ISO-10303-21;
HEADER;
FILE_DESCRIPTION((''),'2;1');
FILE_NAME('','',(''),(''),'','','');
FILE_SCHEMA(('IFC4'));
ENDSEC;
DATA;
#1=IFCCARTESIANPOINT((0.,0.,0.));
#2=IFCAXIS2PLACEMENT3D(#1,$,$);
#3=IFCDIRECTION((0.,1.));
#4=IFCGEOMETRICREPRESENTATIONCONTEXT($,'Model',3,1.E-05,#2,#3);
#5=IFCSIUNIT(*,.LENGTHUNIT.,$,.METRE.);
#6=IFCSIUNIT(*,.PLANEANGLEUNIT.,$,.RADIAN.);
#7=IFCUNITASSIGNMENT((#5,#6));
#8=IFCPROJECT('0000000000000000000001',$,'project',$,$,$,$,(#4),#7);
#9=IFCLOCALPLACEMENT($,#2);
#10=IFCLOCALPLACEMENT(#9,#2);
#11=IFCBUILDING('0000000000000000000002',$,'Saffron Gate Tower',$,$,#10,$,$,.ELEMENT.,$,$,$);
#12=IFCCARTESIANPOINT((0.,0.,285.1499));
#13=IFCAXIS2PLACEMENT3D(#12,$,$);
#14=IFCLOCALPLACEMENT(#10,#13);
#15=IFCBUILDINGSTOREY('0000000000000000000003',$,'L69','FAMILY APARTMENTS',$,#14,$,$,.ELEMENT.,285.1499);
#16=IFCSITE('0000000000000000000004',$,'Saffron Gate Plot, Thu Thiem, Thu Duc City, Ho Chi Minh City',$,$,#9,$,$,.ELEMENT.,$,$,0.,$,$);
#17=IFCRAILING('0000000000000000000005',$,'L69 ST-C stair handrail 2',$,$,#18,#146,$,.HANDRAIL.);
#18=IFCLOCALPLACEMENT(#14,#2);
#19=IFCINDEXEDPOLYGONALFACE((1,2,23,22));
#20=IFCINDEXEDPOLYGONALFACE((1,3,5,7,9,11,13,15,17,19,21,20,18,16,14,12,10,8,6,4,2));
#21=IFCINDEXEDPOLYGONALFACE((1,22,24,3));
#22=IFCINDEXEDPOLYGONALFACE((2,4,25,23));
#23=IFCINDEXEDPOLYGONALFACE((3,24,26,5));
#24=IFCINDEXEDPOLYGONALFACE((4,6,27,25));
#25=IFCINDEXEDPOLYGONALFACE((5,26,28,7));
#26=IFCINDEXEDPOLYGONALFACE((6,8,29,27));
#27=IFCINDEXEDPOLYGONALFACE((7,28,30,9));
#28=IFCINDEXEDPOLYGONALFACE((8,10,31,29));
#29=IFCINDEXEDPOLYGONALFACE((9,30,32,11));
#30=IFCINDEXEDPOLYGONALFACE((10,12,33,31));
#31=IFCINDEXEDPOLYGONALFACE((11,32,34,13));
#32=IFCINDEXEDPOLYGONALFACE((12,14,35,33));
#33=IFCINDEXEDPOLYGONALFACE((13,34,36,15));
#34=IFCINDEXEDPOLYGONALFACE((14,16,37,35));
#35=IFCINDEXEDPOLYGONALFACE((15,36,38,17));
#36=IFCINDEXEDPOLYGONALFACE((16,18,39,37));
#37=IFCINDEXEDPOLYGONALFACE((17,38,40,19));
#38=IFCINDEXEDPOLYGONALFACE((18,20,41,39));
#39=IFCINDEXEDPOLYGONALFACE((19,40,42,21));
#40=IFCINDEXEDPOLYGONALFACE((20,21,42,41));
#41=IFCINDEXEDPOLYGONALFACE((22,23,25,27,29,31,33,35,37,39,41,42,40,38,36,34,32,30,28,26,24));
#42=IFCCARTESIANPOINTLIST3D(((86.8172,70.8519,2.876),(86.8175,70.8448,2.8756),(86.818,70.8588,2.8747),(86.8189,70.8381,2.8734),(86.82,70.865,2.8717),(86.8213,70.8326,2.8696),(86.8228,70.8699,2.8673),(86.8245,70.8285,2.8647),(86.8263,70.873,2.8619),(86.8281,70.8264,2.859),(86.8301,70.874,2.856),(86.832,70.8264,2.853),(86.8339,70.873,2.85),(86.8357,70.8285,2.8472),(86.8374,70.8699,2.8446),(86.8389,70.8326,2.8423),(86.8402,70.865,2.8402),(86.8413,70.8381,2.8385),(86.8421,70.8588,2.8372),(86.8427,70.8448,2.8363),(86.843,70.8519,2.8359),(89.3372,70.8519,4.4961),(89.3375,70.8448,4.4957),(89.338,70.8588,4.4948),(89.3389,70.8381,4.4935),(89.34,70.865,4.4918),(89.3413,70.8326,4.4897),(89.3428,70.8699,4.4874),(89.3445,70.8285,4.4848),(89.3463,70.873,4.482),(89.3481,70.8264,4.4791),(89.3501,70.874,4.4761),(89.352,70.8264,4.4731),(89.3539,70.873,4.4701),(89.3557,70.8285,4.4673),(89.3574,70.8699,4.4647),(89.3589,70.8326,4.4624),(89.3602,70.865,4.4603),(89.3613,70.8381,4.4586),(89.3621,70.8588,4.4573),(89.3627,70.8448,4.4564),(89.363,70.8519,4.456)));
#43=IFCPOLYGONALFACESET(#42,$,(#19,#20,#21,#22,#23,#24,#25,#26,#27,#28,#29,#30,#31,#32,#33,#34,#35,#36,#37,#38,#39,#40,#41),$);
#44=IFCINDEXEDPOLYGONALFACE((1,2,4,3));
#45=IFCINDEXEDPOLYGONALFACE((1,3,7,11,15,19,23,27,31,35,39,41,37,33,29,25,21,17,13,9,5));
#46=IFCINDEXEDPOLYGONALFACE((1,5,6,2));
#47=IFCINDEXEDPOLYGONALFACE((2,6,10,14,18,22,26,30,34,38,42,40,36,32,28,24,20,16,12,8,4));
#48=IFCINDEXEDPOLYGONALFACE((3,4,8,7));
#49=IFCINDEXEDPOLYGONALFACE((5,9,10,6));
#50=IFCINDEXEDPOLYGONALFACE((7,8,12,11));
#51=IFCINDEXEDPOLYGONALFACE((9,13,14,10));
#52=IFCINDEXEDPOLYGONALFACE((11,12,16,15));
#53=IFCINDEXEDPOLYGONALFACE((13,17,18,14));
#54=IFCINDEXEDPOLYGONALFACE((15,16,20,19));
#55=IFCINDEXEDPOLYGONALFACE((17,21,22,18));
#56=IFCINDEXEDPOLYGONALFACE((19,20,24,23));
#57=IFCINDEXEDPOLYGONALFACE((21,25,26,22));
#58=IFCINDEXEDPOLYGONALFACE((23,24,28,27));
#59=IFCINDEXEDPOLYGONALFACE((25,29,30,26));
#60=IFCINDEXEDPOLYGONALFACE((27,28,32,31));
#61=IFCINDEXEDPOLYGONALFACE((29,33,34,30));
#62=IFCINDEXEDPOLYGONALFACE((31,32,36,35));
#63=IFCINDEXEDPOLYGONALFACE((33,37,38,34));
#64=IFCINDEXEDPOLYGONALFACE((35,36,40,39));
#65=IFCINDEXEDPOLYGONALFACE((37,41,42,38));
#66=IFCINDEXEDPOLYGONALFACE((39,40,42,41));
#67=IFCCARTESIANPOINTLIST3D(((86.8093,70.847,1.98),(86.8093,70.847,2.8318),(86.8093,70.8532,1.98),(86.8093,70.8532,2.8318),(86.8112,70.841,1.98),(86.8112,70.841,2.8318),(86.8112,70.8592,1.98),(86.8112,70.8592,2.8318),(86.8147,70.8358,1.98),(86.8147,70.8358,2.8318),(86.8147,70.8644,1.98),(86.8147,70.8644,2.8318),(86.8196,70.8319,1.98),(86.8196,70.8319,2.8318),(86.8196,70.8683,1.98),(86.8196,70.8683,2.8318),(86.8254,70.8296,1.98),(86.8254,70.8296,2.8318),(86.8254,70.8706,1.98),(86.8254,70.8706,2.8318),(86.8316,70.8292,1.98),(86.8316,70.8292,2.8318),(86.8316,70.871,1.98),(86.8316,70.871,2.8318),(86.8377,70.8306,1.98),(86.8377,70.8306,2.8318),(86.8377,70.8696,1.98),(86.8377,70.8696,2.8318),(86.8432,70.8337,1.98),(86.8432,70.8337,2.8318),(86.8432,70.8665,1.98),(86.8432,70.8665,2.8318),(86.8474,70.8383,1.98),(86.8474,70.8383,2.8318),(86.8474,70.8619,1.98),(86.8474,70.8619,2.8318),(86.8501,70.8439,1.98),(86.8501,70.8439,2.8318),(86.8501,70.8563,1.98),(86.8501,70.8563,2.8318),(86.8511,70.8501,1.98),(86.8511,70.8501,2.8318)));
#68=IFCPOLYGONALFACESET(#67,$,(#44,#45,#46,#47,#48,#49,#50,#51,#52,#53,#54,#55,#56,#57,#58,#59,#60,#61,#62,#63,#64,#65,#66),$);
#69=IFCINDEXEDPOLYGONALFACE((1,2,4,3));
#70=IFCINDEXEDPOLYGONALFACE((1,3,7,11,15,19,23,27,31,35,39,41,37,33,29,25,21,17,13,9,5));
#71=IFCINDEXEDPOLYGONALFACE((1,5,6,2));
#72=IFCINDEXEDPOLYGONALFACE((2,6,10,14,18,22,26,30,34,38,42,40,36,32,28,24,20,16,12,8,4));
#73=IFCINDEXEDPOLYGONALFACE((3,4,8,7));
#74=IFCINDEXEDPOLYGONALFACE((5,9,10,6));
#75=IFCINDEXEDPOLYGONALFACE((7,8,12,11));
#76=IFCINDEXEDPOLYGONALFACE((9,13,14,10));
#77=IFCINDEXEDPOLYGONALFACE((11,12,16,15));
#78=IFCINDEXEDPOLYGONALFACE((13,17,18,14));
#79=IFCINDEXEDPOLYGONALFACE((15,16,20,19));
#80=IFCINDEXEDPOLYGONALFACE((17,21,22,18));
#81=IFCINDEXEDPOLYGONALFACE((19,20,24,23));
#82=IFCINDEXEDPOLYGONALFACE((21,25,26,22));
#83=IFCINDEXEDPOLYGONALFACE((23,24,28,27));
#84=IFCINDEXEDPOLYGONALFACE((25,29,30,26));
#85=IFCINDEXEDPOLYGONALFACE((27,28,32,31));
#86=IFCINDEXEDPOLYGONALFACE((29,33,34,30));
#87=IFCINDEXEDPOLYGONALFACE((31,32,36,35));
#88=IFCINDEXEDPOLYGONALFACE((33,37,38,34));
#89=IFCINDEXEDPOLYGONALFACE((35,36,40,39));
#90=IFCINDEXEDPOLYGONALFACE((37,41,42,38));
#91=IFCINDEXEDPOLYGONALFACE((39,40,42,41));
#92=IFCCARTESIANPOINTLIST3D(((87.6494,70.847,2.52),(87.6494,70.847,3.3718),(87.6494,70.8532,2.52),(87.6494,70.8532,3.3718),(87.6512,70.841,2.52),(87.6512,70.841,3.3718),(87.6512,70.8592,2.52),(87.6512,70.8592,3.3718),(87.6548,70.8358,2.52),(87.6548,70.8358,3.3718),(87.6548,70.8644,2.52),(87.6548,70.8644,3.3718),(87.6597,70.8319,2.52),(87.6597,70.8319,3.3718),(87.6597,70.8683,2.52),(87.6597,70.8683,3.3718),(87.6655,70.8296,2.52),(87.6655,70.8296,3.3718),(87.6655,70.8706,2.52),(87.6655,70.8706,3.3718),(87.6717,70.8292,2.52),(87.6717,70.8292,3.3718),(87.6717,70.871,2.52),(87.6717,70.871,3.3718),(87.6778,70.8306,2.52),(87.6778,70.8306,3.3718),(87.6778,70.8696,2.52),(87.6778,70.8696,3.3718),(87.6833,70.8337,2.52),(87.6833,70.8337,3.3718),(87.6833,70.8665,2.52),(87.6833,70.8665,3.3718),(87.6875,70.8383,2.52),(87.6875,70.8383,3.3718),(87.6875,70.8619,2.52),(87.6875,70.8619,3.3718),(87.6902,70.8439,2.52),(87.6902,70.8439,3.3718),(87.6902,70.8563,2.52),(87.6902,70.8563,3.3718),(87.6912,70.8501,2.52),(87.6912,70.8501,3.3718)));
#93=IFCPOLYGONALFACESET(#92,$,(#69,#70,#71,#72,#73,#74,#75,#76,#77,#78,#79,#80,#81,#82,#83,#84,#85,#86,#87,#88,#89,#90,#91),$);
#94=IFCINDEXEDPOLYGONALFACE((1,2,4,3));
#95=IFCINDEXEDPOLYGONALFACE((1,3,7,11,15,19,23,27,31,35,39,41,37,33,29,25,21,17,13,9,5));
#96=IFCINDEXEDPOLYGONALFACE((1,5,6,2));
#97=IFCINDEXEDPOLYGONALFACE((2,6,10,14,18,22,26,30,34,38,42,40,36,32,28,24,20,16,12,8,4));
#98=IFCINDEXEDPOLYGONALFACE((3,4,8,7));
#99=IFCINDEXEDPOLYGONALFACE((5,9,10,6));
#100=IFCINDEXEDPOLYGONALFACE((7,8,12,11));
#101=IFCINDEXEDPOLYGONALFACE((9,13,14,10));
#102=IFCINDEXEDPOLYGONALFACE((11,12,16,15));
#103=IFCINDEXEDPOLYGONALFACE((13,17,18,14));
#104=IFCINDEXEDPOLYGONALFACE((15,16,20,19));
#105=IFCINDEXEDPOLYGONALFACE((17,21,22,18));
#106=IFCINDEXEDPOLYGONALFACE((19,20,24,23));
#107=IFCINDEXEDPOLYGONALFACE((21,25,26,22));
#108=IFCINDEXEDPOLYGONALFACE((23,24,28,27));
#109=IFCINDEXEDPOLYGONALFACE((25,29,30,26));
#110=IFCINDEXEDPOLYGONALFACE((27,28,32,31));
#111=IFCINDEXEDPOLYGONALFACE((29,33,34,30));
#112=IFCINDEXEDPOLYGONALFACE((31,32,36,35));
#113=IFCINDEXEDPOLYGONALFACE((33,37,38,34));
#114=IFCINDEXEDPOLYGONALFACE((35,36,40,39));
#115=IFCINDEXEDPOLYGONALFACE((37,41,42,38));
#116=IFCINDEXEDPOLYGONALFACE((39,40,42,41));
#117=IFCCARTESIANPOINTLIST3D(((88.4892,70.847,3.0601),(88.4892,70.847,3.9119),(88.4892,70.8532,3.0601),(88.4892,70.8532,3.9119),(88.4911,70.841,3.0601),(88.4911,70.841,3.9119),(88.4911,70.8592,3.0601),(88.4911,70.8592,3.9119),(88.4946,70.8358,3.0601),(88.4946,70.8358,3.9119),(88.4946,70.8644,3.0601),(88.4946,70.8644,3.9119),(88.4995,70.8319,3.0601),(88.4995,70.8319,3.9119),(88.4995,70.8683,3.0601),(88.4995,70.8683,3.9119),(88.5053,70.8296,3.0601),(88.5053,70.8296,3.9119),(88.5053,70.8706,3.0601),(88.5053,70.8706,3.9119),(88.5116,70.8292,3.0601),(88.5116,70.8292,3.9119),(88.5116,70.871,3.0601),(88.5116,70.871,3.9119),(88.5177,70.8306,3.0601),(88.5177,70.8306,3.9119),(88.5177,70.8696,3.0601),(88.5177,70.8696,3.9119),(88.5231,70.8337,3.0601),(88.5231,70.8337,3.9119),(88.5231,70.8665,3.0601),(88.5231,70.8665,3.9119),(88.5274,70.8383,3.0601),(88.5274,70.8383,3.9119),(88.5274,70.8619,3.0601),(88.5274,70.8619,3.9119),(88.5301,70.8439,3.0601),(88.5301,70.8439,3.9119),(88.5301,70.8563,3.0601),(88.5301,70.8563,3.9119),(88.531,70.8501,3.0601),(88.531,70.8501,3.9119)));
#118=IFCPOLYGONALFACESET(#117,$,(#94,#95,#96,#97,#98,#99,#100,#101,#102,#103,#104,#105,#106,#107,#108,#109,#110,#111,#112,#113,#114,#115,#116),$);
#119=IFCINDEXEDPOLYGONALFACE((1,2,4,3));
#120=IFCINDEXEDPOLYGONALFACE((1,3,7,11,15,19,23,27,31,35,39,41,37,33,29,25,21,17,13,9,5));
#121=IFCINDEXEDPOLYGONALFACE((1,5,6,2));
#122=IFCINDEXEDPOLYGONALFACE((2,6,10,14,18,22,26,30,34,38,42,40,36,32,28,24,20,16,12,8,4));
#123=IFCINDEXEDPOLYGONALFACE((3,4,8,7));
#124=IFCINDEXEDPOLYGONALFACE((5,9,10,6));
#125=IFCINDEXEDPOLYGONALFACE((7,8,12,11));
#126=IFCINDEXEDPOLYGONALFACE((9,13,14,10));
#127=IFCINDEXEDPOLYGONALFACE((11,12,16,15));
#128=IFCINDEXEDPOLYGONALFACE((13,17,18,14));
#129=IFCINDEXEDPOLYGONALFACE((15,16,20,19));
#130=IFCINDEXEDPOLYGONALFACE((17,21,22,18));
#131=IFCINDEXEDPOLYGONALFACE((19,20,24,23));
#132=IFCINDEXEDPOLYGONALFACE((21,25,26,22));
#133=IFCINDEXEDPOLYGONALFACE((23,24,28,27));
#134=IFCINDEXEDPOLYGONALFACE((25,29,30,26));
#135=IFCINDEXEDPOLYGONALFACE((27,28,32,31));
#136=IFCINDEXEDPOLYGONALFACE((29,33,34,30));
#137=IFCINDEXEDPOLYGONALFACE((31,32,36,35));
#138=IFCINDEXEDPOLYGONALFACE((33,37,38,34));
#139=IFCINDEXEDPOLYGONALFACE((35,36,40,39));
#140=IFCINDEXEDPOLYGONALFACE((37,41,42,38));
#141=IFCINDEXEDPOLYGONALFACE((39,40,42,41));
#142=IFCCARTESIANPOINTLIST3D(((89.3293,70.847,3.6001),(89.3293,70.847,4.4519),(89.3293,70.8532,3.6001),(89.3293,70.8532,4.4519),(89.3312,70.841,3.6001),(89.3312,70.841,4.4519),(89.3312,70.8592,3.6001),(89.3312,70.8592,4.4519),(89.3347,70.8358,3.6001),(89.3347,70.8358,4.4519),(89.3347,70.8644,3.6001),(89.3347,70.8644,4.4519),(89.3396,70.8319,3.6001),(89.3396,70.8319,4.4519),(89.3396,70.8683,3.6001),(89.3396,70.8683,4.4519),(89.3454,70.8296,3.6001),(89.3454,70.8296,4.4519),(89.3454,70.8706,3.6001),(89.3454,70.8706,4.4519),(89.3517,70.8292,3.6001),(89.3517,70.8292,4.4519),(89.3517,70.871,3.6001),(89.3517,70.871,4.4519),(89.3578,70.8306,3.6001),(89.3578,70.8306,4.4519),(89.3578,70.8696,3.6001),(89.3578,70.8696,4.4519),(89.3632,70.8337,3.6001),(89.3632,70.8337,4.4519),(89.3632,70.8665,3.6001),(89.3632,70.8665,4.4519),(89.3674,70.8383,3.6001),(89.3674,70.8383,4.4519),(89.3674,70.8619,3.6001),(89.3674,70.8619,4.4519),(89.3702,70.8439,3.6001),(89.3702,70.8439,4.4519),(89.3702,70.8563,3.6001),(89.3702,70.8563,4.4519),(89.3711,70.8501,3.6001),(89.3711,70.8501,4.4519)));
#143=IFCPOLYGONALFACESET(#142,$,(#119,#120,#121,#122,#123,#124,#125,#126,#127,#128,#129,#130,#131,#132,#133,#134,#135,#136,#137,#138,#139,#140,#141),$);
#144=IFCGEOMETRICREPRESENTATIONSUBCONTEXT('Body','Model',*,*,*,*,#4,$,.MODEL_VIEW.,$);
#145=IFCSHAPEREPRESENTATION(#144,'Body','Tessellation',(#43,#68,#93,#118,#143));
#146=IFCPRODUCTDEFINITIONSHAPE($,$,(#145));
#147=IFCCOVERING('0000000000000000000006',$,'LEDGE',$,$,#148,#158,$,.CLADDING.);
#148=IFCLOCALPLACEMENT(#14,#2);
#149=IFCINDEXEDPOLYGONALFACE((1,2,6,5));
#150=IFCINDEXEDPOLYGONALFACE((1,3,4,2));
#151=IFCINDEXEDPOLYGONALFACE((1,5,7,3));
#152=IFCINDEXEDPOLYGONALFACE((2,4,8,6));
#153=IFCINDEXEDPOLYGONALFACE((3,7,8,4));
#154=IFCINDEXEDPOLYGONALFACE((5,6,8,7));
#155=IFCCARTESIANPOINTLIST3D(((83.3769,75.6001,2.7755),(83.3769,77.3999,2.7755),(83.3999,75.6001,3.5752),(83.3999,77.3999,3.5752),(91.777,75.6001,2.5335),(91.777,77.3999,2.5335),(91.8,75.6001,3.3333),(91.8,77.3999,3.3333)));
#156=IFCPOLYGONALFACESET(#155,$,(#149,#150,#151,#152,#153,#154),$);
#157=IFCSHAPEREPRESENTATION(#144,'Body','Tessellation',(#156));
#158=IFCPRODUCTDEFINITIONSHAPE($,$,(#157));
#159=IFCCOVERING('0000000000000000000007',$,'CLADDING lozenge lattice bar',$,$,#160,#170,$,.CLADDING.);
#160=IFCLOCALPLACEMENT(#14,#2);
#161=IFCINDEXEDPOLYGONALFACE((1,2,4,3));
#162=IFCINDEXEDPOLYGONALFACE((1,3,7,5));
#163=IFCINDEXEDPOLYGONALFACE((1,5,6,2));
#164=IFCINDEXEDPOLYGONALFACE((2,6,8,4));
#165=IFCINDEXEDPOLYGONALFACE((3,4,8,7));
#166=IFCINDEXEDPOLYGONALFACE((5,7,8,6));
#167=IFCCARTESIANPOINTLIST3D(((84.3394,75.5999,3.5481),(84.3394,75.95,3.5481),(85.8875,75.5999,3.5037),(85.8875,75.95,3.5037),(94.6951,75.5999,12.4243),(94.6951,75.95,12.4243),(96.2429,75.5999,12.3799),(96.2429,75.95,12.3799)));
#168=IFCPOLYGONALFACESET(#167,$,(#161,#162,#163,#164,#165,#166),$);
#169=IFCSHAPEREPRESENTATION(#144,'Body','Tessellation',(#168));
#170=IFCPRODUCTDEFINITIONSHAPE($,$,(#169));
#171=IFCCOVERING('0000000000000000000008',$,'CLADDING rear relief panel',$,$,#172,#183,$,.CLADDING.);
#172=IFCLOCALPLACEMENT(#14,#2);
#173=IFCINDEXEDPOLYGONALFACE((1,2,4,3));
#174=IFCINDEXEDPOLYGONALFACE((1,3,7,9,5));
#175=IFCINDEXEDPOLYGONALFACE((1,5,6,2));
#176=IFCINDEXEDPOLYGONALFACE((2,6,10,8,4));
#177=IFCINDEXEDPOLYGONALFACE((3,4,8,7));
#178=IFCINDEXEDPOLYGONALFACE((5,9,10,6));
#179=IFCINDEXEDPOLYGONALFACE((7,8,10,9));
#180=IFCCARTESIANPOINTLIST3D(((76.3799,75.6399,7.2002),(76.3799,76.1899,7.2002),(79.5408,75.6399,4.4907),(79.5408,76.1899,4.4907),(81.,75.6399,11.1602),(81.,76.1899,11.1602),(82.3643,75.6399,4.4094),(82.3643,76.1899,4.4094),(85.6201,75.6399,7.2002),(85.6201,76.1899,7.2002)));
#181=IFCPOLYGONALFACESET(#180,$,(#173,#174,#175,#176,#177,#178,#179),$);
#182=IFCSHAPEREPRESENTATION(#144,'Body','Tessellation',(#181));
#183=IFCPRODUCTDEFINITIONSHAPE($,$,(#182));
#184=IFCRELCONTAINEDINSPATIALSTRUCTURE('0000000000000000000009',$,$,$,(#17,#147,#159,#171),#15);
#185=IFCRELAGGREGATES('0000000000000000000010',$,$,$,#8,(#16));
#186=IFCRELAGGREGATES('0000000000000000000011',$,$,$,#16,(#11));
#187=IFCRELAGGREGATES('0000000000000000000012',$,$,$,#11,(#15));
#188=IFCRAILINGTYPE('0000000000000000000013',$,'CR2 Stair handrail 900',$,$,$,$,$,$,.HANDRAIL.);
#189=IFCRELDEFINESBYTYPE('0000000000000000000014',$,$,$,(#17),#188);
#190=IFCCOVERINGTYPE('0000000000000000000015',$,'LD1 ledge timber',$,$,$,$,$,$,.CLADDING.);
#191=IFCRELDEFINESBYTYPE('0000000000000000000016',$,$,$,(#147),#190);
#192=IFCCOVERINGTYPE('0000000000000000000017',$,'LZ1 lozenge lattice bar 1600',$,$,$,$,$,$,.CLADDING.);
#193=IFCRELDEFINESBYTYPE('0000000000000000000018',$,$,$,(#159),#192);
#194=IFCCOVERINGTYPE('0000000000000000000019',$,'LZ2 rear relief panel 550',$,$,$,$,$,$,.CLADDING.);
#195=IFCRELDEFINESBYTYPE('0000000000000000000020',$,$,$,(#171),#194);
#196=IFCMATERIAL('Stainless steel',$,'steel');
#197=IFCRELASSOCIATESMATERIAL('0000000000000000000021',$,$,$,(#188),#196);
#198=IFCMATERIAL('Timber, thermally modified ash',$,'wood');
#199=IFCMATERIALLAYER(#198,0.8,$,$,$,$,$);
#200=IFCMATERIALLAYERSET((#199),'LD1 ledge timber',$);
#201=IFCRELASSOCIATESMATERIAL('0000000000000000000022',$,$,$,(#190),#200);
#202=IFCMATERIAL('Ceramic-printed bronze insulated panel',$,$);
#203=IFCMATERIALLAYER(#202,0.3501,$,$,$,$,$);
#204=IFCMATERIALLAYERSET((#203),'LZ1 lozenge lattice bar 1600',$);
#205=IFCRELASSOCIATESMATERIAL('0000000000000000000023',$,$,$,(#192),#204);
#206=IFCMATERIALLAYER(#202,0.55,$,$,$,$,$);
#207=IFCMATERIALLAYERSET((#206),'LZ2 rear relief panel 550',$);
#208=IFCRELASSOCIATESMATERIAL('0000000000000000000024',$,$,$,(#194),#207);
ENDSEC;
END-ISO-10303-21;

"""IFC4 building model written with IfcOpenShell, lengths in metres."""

from ifc_helpers import new_model, si_unit, direction, frame, origin, origin_2d, place, context, subcontext, project, spatial, polyline, circle, outline, extrude, material, layer, layer_set, type_object, element, save


model = new_model("IFC4")

# Units and contexts
model_context = context("Model", 3, precision=1e-05, world=origin(), true_north=direction((0.0, 1.0)))
body_context = subcontext(model_context, "Body", "Model", "MODEL_VIEW")
ifc_project = project(units=[si_unit("LENGTHUNIT", "METRE"), si_unit("PLANEANGLEUNIT", "RADIAN")], contexts=[model_context])

# Site, building, storey
site_placement = place(None, origin())
site = spatial("IfcSite", under=ifc_project, at=site_placement, Name="Saffron Gate Plot, Thu Thiem, Thu Duc City, Ho Chi Minh City", CompositionType="ELEMENT", RefElevation=0.0)
building_placement = place(site_placement, origin())
building = spatial("IfcBuilding", under=site, at=building_placement, Name="Saffron Gate Tower", CompositionType="ELEMENT")
storey_placement = place(building_placement, frame((0.0, 0.0, 285.1499)))
storey = spatial("IfcBuildingStorey", under=building, at=storey_placement, Name="L69", Description="FAMILY APARTMENTS", CompositionType="ELEMENT", Elevation=285.1499)

# Railing
ifc_material_1 = material(Name="Stainless steel", Category="steel")
railing_type_1 = type_object("IfcRailingType", Name="CR2 Stair handrail 900", PredefinedType="HANDRAIL", material=ifc_material_1)
railing_1_placement = place(storey_placement, frame((86.8301, 70.8501, 1.98)))
element("IfcRailing", 1, at=railing_1_placement, inside=storey, type_object=railing_type_1, Name="L69 ST-C stair handrail 2", PredefinedType="HANDRAIL", context=body_context, shape_type="SweptSolid", body=[
    extrude(circle(Radius=0.0239, at=origin_2d()), frame((0.0, 0.0, 0.876), z_axis=(0.841163, 0.0, 0.540782), x_axis=(0.0, 1.0, 0.0)), (0.0, 0.0, 1.0), 2.9958),
    extrude(circle(Radius=0.021, at=origin_2d()), origin(), (0.0, 0.0, 1.0), 0.8518),
    extrude(circle(Radius=0.021, at=origin_2d()), frame((0.8401, 0.0, 0.54)), (0.0, 0.0, 1.0), 0.8518),
    extrude(circle(Radius=0.021, at=origin_2d()), frame((1.6799, 0.0, 1.0801)), (0.0, 0.0, 1.0), 0.8518),
    extrude(circle(Radius=0.021, at=origin_2d()), frame((2.52, 0.0, 1.6201)), (0.0, 0.0, 1.0), 0.8518),
])

# Coverings
ifc_material_2 = material(Name="Timber, thermally modified ash", Category="wood")
ifc_layer_1 = layer(ifc_material_2, 0.8)
ifc_layer_set_1 = layer_set([ifc_layer_1], Name="LD1 ledge timber")
covering_type_1 = type_object("IfcCoveringType", Name="LD1 ledge timber", PredefinedType="CLADDING", material=ifc_layer_set_1)
covering_1_placement = place(storey_placement, frame((91.8, 75.6001, 3.3333), z_axis=(0.02879, 0.0, 0.999585), x_axis=(-0.999585, 0.0, 0.02879)))
element("IfcCovering", 2, at=covering_1_placement, inside=storey, type_object=covering_type_1, Name="LEDGE", PredefinedType="CLADDING", context=body_context, shape_type="SweptSolid", body=[
    extrude(outline(polyline([(0.0, 0.0), (8.4036, 0.0), (8.4036, -1.7998), (0.0, -1.7998), (0.0, 0.0)])), origin(), (0.0, 0.0, -1.0), 0.8),
])
ifc_material_3 = material(Name="Ceramic-printed bronze insulated panel")
ifc_layer_2 = layer(ifc_material_3, 0.3501)
ifc_layer_set_2 = layer_set([ifc_layer_2], Name="LZ1 lozenge lattice bar 1600")
covering_type_2 = type_object("IfcCoveringType", Name="LZ1 lozenge lattice bar 1600", PredefinedType="CLADDING", material=ifc_layer_set_2)
covering_2_placement = place(storey_placement, frame((85.8875, 75.95, 3.5037), z_axis=(0.0, 1.0, 0.0), x_axis=(-0.999588, 0.0, 0.02869)))
element("IfcCovering", 3, at=covering_2_placement, inside=storey, type_object=covering_type_2, Name="CLADDING lozenge lattice bar", PredefinedType="CLADDING", context=body_context, shape_type="SweptSolid", body=[
    extrude(outline(polyline([(0.0, 0.0), (1.5487, 0.0), (-8.5481, 9.1697), (-10.0965, 9.1697), (0.0, 0.0)])), origin(), (0.0, 0.0, -1.0), 0.3501),
])
ifc_layer_3 = layer(ifc_material_3, 0.55)
ifc_layer_set_3 = layer_set([ifc_layer_3], Name="LZ2 rear relief panel 550")
covering_type_3 = type_object("IfcCoveringType", Name="LZ2 rear relief panel 550", PredefinedType="CLADDING", material=ifc_layer_set_3)
covering_3_placement = place(storey_placement, frame((81.0, 76.1899, 11.1602), z_axis=(0.0, 1.0, 0.0), x_axis=(0.759268, 0.0, -0.650778)))
element("IfcCovering", 4, at=covering_3_placement, inside=storey, type_object=covering_type_3, Name="CLADDING rear relief panel", PredefinedType="CLADDING", context=body_context, shape_type="SweptSolid", body=[
    extrude(outline(polyline([(0.0, 0.0), (6.085, 0.0), (5.4291, 4.2378), (3.2324, 6.0135), (-0.9309, 6.0133), (0.0, 0.0)])), origin(), (0.0, 0.0, -1.0), 0.55),
])

save(model, "model.ifc")
